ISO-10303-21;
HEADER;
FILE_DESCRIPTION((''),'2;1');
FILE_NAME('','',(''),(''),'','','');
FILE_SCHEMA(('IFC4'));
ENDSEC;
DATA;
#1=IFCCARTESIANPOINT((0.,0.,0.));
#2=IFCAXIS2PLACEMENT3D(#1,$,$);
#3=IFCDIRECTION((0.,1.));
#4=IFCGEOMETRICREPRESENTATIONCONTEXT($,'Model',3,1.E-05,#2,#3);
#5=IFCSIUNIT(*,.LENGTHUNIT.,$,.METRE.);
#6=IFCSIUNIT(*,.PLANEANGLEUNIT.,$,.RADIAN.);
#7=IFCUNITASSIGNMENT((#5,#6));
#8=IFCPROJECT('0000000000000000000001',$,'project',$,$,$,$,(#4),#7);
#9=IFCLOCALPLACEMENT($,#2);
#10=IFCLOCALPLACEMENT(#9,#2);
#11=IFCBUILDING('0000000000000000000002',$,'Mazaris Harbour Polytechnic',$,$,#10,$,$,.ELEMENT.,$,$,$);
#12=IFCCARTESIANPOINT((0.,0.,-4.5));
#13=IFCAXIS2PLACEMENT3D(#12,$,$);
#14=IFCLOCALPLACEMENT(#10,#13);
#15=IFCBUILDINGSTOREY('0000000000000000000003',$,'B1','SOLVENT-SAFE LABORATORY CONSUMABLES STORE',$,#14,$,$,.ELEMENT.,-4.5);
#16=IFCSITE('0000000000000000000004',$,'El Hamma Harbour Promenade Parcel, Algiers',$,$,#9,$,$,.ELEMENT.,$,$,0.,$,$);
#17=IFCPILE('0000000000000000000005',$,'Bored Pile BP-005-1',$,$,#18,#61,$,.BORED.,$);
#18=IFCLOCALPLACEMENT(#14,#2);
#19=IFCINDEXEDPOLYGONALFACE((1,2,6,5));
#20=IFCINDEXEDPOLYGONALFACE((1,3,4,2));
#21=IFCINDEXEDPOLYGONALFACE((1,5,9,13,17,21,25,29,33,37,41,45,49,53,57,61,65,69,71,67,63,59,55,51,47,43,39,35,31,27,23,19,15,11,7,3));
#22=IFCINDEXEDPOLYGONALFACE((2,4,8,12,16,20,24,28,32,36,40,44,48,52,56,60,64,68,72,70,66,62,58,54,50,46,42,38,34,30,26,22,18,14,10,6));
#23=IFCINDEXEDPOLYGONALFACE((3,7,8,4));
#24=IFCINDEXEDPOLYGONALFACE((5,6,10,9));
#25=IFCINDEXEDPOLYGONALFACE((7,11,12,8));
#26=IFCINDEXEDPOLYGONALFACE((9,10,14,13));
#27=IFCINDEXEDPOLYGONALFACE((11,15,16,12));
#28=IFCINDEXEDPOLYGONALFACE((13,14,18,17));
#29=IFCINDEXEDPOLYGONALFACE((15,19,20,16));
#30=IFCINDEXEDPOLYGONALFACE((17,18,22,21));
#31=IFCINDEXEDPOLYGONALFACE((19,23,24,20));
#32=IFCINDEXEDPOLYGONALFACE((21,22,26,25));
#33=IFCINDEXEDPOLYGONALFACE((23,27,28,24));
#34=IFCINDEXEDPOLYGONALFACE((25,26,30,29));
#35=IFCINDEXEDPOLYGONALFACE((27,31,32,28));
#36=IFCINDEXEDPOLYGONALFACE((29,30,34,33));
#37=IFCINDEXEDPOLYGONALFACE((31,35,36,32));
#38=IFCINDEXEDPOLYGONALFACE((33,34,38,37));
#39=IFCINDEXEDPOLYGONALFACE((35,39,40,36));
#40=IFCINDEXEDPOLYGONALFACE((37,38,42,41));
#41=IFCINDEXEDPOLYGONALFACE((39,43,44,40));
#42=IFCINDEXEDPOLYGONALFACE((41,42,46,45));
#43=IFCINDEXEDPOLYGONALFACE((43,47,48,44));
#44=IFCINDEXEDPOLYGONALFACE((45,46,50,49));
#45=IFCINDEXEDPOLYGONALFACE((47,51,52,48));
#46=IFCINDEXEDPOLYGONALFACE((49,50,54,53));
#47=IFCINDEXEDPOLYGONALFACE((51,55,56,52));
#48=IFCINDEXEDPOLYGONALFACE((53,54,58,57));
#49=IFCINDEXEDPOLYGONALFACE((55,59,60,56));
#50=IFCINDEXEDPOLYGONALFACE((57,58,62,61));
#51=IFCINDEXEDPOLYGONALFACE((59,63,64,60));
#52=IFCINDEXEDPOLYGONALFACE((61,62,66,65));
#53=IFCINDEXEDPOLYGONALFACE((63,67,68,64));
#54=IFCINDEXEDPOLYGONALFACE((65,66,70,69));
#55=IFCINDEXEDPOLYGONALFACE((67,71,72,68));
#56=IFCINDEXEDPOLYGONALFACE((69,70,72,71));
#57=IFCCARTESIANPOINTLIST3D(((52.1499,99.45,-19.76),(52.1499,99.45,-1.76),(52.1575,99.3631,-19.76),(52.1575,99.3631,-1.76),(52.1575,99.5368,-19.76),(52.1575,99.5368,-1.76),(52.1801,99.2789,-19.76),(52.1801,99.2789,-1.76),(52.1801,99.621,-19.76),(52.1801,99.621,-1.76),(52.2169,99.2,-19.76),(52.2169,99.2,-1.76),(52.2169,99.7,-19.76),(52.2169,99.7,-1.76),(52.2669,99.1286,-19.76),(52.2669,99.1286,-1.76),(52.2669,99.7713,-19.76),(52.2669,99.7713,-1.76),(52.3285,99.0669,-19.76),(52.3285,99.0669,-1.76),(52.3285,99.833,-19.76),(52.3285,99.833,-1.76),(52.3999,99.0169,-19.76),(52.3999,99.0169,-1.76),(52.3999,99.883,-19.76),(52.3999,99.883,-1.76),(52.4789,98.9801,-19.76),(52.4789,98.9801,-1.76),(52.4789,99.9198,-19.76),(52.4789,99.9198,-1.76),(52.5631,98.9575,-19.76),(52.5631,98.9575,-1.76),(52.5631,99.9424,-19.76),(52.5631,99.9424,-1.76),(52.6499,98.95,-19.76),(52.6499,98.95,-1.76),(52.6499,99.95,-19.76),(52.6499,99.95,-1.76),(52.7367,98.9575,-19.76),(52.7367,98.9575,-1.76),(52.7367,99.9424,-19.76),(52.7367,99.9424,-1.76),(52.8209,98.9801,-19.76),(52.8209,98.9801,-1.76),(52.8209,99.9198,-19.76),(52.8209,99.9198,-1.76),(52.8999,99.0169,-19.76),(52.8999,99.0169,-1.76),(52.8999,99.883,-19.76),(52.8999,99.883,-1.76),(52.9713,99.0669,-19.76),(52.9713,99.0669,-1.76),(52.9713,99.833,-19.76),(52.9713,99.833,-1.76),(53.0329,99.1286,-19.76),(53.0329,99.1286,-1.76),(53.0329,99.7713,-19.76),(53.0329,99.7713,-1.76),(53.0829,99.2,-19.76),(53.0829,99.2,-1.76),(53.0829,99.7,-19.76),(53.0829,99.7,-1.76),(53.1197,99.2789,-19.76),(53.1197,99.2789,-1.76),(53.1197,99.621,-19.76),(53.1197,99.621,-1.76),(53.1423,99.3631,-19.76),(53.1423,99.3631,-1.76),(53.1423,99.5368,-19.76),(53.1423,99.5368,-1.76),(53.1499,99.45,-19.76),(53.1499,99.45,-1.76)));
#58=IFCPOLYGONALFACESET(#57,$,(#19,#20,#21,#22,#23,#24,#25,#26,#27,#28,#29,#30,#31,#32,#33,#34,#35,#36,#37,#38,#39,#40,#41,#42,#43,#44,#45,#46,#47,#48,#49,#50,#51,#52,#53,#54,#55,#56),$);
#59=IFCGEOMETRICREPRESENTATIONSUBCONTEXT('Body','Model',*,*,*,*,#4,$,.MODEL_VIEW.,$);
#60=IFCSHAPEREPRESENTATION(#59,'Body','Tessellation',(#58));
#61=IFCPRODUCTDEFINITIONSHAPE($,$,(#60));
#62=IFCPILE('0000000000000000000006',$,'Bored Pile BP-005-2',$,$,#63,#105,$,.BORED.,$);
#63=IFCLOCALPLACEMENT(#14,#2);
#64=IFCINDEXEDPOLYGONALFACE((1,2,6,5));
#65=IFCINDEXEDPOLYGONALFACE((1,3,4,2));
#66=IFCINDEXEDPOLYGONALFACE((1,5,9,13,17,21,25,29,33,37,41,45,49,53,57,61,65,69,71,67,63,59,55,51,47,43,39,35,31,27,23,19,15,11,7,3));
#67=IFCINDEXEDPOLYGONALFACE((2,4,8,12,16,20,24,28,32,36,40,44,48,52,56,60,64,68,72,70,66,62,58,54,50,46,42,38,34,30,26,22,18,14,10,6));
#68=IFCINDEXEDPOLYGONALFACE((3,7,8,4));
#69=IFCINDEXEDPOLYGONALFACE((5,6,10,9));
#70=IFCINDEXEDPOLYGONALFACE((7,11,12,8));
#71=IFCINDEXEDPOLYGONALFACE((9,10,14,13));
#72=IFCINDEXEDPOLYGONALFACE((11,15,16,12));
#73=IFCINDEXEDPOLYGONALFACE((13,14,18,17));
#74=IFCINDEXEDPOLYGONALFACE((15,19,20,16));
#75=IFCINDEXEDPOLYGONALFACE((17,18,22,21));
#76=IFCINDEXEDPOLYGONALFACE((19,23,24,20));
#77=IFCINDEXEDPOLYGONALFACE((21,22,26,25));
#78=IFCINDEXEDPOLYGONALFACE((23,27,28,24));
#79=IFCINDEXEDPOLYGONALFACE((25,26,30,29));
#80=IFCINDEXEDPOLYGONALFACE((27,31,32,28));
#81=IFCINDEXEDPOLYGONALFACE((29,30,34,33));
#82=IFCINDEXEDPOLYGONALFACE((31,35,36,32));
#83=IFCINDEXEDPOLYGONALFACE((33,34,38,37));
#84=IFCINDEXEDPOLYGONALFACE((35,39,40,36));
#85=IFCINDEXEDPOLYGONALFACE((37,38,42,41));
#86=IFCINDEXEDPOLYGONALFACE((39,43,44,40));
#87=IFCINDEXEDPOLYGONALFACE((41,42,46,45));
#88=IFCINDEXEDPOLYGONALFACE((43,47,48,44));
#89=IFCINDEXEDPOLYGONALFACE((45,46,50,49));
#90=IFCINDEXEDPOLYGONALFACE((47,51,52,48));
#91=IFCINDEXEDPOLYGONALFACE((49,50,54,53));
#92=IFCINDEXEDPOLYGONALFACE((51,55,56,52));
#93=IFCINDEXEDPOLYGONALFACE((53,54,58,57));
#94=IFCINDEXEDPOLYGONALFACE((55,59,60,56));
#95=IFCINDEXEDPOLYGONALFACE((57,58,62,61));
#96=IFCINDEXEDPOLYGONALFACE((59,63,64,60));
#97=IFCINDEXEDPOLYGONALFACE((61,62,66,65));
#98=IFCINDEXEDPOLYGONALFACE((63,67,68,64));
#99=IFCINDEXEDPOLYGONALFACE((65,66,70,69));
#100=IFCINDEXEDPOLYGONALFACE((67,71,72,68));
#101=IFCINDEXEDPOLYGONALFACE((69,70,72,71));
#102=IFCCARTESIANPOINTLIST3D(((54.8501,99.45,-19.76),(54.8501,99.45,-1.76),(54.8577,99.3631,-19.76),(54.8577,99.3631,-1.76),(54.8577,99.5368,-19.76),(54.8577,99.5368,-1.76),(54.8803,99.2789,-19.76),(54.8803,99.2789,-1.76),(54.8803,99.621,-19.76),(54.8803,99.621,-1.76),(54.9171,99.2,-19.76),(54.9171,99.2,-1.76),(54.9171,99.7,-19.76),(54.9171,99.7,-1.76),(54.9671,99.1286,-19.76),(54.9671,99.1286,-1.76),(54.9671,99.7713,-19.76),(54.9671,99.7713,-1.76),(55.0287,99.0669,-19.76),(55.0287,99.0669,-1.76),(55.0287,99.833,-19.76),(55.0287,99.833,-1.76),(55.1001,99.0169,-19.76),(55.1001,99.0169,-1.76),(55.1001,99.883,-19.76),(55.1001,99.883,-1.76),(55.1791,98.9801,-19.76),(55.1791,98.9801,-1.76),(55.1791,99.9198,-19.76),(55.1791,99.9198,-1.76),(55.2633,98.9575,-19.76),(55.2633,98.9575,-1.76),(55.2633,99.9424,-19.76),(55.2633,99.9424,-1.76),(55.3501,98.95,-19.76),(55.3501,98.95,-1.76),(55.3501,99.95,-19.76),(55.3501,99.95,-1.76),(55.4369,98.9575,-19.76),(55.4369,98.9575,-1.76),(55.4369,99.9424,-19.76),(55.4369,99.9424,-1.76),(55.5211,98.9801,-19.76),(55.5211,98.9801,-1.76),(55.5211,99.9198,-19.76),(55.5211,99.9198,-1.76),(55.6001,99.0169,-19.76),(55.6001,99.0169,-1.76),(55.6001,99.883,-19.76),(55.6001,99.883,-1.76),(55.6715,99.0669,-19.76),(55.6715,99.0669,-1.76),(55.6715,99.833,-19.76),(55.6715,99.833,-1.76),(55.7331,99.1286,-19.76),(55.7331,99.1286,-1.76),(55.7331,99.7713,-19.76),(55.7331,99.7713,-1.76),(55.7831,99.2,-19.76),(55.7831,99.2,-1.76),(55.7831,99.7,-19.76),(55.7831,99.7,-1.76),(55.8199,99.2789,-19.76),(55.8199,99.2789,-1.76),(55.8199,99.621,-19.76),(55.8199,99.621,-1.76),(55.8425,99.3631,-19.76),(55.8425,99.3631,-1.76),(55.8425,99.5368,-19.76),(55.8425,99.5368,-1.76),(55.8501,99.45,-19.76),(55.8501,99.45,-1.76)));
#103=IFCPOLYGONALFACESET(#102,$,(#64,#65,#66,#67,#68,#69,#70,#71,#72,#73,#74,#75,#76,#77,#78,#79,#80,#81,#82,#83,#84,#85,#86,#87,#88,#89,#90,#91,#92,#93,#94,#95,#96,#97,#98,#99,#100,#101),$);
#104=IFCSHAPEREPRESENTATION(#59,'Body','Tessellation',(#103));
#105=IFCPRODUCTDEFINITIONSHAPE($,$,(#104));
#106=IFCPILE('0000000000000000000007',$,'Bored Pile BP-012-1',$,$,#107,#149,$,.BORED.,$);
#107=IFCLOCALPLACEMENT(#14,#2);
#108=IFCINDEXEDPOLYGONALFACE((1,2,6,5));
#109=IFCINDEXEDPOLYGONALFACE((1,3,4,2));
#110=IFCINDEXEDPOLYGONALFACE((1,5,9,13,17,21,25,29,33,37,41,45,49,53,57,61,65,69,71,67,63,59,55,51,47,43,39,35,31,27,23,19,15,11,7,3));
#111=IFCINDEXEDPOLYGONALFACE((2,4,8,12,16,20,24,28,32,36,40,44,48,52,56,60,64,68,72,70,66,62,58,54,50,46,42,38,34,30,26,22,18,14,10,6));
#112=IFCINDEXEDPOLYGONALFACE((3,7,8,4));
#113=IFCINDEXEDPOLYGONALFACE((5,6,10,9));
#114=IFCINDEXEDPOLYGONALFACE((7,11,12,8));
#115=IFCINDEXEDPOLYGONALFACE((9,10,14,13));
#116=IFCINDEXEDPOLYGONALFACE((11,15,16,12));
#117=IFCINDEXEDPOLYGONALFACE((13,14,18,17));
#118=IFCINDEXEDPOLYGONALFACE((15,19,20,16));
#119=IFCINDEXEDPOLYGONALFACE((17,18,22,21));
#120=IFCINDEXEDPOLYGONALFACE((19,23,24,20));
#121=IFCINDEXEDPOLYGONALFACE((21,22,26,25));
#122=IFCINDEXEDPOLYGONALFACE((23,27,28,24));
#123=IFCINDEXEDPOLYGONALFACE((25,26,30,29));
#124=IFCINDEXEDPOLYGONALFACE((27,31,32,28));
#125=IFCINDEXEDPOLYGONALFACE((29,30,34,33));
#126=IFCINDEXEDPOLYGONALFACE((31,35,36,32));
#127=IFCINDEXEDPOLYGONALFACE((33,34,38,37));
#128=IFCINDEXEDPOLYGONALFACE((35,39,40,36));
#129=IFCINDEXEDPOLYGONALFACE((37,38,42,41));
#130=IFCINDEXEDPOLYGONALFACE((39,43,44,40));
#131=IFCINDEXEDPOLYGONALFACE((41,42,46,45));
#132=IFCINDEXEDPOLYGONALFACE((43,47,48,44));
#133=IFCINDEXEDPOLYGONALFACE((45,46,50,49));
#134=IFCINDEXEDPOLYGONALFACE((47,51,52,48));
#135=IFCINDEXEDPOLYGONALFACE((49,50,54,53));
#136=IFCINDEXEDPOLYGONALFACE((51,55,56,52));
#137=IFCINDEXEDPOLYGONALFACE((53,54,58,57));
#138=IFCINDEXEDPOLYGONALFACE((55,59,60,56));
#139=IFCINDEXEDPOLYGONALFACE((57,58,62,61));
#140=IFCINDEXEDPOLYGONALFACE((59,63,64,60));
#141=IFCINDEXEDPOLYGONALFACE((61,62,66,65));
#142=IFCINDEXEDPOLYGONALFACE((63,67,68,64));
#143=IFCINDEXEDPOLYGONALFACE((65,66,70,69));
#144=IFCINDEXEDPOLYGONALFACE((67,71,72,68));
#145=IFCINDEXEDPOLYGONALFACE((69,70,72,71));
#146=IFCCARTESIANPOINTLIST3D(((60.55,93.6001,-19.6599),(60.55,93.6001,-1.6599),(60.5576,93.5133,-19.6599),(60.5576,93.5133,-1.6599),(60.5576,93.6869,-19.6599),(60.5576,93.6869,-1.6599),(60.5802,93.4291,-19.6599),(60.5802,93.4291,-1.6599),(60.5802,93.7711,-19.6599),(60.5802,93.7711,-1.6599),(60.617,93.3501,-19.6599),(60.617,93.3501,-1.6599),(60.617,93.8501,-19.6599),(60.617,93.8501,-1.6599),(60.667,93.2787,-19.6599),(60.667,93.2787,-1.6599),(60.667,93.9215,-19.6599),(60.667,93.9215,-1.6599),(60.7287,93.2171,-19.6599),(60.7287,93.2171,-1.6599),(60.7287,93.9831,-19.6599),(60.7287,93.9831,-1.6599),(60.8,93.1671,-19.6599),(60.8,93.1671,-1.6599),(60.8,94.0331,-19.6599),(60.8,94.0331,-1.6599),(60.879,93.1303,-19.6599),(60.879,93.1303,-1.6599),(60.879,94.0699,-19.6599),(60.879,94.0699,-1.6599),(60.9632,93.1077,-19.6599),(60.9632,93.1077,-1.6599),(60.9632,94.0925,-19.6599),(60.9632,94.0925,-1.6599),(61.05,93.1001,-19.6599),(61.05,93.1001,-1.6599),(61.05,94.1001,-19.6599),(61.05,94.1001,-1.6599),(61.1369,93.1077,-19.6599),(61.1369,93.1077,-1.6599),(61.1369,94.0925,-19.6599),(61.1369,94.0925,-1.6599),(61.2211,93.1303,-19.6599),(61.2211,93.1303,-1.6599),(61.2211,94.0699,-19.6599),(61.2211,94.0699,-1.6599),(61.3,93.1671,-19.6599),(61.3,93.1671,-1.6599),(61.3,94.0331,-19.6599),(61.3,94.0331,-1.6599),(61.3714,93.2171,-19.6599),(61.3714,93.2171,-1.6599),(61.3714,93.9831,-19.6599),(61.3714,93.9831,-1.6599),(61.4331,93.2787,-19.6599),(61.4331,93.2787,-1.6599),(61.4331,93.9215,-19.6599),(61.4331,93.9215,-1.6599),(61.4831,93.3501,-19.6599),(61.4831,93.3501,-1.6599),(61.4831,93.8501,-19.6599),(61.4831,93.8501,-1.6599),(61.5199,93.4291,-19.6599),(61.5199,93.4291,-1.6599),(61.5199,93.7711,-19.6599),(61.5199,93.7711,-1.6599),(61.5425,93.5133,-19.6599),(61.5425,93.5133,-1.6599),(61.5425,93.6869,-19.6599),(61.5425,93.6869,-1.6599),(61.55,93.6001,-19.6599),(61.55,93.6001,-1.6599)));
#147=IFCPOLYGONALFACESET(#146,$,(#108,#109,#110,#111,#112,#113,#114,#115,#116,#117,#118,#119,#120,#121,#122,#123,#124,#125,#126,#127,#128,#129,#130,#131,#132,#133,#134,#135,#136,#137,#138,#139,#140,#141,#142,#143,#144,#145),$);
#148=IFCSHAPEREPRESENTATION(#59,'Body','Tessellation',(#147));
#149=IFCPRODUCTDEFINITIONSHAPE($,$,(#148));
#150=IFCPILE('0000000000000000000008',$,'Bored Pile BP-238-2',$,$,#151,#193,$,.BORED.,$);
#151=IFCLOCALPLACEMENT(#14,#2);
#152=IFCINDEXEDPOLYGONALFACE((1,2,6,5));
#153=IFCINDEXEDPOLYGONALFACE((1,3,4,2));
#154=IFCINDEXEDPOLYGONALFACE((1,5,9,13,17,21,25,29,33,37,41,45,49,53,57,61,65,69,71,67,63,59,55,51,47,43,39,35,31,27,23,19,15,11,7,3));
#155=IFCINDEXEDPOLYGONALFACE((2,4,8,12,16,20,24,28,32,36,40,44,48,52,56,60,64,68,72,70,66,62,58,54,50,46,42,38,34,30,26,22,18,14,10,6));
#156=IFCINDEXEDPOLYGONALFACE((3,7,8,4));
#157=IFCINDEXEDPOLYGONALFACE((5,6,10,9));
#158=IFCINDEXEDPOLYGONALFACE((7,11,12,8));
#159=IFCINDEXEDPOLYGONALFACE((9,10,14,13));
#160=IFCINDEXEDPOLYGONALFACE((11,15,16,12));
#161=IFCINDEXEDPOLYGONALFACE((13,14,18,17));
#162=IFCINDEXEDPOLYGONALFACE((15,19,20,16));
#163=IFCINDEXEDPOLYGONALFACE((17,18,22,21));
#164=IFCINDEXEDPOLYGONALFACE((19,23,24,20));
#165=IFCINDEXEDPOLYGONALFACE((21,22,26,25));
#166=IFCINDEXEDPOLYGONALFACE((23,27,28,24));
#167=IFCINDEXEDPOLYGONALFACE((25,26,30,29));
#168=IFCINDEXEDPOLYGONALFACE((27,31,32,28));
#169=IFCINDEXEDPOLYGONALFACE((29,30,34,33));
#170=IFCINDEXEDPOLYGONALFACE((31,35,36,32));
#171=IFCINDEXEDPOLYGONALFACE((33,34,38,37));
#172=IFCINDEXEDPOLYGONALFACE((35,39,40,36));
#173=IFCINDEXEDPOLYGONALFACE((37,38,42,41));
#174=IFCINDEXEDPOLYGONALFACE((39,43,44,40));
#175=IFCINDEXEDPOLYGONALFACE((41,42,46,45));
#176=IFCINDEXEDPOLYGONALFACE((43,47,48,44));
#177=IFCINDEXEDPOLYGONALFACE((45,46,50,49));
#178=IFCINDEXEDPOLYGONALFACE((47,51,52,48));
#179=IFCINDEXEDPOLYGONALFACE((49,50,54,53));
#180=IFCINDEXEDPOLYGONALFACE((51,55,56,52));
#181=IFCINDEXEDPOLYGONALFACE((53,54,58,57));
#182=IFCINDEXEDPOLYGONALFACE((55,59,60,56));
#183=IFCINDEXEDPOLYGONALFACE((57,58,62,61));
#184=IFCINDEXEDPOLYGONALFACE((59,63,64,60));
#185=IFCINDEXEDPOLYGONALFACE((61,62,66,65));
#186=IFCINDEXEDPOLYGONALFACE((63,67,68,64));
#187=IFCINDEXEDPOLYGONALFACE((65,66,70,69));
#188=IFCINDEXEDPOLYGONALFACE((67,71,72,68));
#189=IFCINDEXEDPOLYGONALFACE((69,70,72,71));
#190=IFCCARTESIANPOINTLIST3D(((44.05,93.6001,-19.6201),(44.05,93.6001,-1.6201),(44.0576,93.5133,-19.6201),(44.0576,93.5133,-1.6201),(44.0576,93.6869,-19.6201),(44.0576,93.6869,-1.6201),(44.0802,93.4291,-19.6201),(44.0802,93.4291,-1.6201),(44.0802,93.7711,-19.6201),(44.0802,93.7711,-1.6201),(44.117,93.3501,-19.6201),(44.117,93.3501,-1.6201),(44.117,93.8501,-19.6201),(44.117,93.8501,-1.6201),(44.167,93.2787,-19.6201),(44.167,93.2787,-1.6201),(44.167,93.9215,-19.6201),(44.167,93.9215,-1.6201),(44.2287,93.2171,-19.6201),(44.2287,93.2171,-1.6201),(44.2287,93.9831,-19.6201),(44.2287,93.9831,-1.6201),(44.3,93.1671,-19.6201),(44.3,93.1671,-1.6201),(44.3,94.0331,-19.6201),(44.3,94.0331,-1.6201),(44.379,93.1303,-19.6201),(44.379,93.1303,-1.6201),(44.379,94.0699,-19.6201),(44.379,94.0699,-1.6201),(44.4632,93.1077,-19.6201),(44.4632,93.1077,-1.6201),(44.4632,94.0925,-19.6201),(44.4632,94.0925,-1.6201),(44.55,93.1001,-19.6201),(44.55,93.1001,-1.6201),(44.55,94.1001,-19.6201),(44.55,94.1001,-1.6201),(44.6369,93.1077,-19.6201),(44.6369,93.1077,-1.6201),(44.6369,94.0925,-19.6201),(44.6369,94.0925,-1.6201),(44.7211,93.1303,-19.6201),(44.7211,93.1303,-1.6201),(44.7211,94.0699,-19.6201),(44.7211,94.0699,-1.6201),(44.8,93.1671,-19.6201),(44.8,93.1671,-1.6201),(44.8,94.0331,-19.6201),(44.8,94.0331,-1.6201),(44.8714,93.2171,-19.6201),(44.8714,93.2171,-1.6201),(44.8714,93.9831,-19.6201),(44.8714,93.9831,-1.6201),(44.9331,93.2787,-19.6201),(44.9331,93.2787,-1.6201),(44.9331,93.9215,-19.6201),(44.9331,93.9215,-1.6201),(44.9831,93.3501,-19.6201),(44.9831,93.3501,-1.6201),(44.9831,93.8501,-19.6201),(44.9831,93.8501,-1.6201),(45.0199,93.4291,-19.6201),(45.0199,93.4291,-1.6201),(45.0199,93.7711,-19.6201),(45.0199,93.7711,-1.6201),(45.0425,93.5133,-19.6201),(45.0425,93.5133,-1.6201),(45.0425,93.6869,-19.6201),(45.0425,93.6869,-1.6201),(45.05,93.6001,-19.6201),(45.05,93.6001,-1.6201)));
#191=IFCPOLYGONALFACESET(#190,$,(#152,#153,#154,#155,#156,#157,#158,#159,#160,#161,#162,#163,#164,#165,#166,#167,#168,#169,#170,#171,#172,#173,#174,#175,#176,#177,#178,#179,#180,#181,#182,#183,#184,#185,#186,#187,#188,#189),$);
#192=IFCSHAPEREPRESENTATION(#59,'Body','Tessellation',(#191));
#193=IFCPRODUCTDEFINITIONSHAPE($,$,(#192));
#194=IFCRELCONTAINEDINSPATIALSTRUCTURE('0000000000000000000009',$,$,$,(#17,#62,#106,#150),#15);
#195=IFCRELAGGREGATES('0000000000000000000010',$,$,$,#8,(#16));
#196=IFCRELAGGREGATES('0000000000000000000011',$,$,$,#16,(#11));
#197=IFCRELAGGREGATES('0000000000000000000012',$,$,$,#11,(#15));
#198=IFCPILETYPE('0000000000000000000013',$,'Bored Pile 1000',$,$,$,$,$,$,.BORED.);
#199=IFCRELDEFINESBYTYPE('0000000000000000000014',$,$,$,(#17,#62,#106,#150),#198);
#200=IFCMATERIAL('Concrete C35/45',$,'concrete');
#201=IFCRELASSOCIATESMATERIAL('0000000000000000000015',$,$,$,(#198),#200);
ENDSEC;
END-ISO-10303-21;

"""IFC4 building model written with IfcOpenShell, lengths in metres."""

from ifc_helpers import new_model, si_unit, direction, frame, origin, origin_2d, place, context, subcontext, project, spatial, circle, extrude, material, material_profile, profile_set, type_object, element, save


model = new_model("IFC4")

# Units and contexts
model_context = context("Model", 3, precision=1e-05, world=origin(), true_north=direction((0.0, 1.0)))
body_context = subcontext(model_context, "Body", "Model", "MODEL_VIEW")
ifc_project = project(units=[si_unit("LENGTHUNIT", "METRE"), si_unit("PLANEANGLEUNIT", "RADIAN")], contexts=[model_context])

# Site, building, storey
site_placement = place(None, origin())
site = spatial("IfcSite", under=ifc_project, at=site_placement, Name="El Hamma Harbour Promenade Parcel, Algiers", CompositionType="ELEMENT", RefElevation=0.0)
building_placement = place(site_placement, origin())
building = spatial("IfcBuilding", under=site, at=building_placement, Name="Mazaris Harbour Polytechnic", CompositionType="ELEMENT")
storey_placement = place(building_placement, frame((0.0, 0.0, -4.5)))
storey = spatial("IfcBuildingStorey", under=building, at=storey_placement, Name="B1", Description="SOLVENT-SAFE LABORATORY CONSUMABLES STORE", CompositionType="ELEMENT", Elevation=-4.5)

# Piles
ifc_material_1 = material(Name="Concrete C35/45", Category="concrete")
ifc_material_profile_1 = material_profile(ifc_material_1, circle(Radius=0.5, at=origin_2d()), Name="DIA1000")
ifc_profile_set_1 = profile_set([ifc_material_profile_1], Name="Concrete C35/45")
pile_type_1 = type_object("IfcPileType", Name="Bored Pile 1000", PredefinedType="BORED", material=ifc_profile_set_1)
for number, where, z_axis, x_axis, name in (
    (1, (52.6499, 99.45, -1.76), (0.0, 0.0, -1.0), (1.0, 0.0, 0.0), "Bored Pile BP-005-1"),
    (2, (55.3501, 99.45, -1.76), (0.0, 0.0, -1.0), (1.0, 0.0, 0.0), "Bored Pile BP-005-2"),
    (3, (61.05, 93.6001, -1.6599), (0.0, 0.0, -1.0), (1.0, 0.0, 0.0), "Bored Pile BP-012-1"),
    (4, (44.55, 93.6001, -1.6201), (0.0, 0.0, -1.0), (1.0, 0.0, 0.0), "Bored Pile BP-238-2"),
):
    element("IfcPile", number, at=place(storey_placement, frame(where, z_axis=z_axis, x_axis=x_axis)), inside=storey, type_object=pile_type_1, Name=name, PredefinedType="BORED", context=body_context, shape_type="SweptSolid", body=[
        extrude(circle(Radius=0.5, at=origin_2d()), origin(), (0.0, 0.0, 1.0), 18.0),
    ])

save(model, "model.ifc")
